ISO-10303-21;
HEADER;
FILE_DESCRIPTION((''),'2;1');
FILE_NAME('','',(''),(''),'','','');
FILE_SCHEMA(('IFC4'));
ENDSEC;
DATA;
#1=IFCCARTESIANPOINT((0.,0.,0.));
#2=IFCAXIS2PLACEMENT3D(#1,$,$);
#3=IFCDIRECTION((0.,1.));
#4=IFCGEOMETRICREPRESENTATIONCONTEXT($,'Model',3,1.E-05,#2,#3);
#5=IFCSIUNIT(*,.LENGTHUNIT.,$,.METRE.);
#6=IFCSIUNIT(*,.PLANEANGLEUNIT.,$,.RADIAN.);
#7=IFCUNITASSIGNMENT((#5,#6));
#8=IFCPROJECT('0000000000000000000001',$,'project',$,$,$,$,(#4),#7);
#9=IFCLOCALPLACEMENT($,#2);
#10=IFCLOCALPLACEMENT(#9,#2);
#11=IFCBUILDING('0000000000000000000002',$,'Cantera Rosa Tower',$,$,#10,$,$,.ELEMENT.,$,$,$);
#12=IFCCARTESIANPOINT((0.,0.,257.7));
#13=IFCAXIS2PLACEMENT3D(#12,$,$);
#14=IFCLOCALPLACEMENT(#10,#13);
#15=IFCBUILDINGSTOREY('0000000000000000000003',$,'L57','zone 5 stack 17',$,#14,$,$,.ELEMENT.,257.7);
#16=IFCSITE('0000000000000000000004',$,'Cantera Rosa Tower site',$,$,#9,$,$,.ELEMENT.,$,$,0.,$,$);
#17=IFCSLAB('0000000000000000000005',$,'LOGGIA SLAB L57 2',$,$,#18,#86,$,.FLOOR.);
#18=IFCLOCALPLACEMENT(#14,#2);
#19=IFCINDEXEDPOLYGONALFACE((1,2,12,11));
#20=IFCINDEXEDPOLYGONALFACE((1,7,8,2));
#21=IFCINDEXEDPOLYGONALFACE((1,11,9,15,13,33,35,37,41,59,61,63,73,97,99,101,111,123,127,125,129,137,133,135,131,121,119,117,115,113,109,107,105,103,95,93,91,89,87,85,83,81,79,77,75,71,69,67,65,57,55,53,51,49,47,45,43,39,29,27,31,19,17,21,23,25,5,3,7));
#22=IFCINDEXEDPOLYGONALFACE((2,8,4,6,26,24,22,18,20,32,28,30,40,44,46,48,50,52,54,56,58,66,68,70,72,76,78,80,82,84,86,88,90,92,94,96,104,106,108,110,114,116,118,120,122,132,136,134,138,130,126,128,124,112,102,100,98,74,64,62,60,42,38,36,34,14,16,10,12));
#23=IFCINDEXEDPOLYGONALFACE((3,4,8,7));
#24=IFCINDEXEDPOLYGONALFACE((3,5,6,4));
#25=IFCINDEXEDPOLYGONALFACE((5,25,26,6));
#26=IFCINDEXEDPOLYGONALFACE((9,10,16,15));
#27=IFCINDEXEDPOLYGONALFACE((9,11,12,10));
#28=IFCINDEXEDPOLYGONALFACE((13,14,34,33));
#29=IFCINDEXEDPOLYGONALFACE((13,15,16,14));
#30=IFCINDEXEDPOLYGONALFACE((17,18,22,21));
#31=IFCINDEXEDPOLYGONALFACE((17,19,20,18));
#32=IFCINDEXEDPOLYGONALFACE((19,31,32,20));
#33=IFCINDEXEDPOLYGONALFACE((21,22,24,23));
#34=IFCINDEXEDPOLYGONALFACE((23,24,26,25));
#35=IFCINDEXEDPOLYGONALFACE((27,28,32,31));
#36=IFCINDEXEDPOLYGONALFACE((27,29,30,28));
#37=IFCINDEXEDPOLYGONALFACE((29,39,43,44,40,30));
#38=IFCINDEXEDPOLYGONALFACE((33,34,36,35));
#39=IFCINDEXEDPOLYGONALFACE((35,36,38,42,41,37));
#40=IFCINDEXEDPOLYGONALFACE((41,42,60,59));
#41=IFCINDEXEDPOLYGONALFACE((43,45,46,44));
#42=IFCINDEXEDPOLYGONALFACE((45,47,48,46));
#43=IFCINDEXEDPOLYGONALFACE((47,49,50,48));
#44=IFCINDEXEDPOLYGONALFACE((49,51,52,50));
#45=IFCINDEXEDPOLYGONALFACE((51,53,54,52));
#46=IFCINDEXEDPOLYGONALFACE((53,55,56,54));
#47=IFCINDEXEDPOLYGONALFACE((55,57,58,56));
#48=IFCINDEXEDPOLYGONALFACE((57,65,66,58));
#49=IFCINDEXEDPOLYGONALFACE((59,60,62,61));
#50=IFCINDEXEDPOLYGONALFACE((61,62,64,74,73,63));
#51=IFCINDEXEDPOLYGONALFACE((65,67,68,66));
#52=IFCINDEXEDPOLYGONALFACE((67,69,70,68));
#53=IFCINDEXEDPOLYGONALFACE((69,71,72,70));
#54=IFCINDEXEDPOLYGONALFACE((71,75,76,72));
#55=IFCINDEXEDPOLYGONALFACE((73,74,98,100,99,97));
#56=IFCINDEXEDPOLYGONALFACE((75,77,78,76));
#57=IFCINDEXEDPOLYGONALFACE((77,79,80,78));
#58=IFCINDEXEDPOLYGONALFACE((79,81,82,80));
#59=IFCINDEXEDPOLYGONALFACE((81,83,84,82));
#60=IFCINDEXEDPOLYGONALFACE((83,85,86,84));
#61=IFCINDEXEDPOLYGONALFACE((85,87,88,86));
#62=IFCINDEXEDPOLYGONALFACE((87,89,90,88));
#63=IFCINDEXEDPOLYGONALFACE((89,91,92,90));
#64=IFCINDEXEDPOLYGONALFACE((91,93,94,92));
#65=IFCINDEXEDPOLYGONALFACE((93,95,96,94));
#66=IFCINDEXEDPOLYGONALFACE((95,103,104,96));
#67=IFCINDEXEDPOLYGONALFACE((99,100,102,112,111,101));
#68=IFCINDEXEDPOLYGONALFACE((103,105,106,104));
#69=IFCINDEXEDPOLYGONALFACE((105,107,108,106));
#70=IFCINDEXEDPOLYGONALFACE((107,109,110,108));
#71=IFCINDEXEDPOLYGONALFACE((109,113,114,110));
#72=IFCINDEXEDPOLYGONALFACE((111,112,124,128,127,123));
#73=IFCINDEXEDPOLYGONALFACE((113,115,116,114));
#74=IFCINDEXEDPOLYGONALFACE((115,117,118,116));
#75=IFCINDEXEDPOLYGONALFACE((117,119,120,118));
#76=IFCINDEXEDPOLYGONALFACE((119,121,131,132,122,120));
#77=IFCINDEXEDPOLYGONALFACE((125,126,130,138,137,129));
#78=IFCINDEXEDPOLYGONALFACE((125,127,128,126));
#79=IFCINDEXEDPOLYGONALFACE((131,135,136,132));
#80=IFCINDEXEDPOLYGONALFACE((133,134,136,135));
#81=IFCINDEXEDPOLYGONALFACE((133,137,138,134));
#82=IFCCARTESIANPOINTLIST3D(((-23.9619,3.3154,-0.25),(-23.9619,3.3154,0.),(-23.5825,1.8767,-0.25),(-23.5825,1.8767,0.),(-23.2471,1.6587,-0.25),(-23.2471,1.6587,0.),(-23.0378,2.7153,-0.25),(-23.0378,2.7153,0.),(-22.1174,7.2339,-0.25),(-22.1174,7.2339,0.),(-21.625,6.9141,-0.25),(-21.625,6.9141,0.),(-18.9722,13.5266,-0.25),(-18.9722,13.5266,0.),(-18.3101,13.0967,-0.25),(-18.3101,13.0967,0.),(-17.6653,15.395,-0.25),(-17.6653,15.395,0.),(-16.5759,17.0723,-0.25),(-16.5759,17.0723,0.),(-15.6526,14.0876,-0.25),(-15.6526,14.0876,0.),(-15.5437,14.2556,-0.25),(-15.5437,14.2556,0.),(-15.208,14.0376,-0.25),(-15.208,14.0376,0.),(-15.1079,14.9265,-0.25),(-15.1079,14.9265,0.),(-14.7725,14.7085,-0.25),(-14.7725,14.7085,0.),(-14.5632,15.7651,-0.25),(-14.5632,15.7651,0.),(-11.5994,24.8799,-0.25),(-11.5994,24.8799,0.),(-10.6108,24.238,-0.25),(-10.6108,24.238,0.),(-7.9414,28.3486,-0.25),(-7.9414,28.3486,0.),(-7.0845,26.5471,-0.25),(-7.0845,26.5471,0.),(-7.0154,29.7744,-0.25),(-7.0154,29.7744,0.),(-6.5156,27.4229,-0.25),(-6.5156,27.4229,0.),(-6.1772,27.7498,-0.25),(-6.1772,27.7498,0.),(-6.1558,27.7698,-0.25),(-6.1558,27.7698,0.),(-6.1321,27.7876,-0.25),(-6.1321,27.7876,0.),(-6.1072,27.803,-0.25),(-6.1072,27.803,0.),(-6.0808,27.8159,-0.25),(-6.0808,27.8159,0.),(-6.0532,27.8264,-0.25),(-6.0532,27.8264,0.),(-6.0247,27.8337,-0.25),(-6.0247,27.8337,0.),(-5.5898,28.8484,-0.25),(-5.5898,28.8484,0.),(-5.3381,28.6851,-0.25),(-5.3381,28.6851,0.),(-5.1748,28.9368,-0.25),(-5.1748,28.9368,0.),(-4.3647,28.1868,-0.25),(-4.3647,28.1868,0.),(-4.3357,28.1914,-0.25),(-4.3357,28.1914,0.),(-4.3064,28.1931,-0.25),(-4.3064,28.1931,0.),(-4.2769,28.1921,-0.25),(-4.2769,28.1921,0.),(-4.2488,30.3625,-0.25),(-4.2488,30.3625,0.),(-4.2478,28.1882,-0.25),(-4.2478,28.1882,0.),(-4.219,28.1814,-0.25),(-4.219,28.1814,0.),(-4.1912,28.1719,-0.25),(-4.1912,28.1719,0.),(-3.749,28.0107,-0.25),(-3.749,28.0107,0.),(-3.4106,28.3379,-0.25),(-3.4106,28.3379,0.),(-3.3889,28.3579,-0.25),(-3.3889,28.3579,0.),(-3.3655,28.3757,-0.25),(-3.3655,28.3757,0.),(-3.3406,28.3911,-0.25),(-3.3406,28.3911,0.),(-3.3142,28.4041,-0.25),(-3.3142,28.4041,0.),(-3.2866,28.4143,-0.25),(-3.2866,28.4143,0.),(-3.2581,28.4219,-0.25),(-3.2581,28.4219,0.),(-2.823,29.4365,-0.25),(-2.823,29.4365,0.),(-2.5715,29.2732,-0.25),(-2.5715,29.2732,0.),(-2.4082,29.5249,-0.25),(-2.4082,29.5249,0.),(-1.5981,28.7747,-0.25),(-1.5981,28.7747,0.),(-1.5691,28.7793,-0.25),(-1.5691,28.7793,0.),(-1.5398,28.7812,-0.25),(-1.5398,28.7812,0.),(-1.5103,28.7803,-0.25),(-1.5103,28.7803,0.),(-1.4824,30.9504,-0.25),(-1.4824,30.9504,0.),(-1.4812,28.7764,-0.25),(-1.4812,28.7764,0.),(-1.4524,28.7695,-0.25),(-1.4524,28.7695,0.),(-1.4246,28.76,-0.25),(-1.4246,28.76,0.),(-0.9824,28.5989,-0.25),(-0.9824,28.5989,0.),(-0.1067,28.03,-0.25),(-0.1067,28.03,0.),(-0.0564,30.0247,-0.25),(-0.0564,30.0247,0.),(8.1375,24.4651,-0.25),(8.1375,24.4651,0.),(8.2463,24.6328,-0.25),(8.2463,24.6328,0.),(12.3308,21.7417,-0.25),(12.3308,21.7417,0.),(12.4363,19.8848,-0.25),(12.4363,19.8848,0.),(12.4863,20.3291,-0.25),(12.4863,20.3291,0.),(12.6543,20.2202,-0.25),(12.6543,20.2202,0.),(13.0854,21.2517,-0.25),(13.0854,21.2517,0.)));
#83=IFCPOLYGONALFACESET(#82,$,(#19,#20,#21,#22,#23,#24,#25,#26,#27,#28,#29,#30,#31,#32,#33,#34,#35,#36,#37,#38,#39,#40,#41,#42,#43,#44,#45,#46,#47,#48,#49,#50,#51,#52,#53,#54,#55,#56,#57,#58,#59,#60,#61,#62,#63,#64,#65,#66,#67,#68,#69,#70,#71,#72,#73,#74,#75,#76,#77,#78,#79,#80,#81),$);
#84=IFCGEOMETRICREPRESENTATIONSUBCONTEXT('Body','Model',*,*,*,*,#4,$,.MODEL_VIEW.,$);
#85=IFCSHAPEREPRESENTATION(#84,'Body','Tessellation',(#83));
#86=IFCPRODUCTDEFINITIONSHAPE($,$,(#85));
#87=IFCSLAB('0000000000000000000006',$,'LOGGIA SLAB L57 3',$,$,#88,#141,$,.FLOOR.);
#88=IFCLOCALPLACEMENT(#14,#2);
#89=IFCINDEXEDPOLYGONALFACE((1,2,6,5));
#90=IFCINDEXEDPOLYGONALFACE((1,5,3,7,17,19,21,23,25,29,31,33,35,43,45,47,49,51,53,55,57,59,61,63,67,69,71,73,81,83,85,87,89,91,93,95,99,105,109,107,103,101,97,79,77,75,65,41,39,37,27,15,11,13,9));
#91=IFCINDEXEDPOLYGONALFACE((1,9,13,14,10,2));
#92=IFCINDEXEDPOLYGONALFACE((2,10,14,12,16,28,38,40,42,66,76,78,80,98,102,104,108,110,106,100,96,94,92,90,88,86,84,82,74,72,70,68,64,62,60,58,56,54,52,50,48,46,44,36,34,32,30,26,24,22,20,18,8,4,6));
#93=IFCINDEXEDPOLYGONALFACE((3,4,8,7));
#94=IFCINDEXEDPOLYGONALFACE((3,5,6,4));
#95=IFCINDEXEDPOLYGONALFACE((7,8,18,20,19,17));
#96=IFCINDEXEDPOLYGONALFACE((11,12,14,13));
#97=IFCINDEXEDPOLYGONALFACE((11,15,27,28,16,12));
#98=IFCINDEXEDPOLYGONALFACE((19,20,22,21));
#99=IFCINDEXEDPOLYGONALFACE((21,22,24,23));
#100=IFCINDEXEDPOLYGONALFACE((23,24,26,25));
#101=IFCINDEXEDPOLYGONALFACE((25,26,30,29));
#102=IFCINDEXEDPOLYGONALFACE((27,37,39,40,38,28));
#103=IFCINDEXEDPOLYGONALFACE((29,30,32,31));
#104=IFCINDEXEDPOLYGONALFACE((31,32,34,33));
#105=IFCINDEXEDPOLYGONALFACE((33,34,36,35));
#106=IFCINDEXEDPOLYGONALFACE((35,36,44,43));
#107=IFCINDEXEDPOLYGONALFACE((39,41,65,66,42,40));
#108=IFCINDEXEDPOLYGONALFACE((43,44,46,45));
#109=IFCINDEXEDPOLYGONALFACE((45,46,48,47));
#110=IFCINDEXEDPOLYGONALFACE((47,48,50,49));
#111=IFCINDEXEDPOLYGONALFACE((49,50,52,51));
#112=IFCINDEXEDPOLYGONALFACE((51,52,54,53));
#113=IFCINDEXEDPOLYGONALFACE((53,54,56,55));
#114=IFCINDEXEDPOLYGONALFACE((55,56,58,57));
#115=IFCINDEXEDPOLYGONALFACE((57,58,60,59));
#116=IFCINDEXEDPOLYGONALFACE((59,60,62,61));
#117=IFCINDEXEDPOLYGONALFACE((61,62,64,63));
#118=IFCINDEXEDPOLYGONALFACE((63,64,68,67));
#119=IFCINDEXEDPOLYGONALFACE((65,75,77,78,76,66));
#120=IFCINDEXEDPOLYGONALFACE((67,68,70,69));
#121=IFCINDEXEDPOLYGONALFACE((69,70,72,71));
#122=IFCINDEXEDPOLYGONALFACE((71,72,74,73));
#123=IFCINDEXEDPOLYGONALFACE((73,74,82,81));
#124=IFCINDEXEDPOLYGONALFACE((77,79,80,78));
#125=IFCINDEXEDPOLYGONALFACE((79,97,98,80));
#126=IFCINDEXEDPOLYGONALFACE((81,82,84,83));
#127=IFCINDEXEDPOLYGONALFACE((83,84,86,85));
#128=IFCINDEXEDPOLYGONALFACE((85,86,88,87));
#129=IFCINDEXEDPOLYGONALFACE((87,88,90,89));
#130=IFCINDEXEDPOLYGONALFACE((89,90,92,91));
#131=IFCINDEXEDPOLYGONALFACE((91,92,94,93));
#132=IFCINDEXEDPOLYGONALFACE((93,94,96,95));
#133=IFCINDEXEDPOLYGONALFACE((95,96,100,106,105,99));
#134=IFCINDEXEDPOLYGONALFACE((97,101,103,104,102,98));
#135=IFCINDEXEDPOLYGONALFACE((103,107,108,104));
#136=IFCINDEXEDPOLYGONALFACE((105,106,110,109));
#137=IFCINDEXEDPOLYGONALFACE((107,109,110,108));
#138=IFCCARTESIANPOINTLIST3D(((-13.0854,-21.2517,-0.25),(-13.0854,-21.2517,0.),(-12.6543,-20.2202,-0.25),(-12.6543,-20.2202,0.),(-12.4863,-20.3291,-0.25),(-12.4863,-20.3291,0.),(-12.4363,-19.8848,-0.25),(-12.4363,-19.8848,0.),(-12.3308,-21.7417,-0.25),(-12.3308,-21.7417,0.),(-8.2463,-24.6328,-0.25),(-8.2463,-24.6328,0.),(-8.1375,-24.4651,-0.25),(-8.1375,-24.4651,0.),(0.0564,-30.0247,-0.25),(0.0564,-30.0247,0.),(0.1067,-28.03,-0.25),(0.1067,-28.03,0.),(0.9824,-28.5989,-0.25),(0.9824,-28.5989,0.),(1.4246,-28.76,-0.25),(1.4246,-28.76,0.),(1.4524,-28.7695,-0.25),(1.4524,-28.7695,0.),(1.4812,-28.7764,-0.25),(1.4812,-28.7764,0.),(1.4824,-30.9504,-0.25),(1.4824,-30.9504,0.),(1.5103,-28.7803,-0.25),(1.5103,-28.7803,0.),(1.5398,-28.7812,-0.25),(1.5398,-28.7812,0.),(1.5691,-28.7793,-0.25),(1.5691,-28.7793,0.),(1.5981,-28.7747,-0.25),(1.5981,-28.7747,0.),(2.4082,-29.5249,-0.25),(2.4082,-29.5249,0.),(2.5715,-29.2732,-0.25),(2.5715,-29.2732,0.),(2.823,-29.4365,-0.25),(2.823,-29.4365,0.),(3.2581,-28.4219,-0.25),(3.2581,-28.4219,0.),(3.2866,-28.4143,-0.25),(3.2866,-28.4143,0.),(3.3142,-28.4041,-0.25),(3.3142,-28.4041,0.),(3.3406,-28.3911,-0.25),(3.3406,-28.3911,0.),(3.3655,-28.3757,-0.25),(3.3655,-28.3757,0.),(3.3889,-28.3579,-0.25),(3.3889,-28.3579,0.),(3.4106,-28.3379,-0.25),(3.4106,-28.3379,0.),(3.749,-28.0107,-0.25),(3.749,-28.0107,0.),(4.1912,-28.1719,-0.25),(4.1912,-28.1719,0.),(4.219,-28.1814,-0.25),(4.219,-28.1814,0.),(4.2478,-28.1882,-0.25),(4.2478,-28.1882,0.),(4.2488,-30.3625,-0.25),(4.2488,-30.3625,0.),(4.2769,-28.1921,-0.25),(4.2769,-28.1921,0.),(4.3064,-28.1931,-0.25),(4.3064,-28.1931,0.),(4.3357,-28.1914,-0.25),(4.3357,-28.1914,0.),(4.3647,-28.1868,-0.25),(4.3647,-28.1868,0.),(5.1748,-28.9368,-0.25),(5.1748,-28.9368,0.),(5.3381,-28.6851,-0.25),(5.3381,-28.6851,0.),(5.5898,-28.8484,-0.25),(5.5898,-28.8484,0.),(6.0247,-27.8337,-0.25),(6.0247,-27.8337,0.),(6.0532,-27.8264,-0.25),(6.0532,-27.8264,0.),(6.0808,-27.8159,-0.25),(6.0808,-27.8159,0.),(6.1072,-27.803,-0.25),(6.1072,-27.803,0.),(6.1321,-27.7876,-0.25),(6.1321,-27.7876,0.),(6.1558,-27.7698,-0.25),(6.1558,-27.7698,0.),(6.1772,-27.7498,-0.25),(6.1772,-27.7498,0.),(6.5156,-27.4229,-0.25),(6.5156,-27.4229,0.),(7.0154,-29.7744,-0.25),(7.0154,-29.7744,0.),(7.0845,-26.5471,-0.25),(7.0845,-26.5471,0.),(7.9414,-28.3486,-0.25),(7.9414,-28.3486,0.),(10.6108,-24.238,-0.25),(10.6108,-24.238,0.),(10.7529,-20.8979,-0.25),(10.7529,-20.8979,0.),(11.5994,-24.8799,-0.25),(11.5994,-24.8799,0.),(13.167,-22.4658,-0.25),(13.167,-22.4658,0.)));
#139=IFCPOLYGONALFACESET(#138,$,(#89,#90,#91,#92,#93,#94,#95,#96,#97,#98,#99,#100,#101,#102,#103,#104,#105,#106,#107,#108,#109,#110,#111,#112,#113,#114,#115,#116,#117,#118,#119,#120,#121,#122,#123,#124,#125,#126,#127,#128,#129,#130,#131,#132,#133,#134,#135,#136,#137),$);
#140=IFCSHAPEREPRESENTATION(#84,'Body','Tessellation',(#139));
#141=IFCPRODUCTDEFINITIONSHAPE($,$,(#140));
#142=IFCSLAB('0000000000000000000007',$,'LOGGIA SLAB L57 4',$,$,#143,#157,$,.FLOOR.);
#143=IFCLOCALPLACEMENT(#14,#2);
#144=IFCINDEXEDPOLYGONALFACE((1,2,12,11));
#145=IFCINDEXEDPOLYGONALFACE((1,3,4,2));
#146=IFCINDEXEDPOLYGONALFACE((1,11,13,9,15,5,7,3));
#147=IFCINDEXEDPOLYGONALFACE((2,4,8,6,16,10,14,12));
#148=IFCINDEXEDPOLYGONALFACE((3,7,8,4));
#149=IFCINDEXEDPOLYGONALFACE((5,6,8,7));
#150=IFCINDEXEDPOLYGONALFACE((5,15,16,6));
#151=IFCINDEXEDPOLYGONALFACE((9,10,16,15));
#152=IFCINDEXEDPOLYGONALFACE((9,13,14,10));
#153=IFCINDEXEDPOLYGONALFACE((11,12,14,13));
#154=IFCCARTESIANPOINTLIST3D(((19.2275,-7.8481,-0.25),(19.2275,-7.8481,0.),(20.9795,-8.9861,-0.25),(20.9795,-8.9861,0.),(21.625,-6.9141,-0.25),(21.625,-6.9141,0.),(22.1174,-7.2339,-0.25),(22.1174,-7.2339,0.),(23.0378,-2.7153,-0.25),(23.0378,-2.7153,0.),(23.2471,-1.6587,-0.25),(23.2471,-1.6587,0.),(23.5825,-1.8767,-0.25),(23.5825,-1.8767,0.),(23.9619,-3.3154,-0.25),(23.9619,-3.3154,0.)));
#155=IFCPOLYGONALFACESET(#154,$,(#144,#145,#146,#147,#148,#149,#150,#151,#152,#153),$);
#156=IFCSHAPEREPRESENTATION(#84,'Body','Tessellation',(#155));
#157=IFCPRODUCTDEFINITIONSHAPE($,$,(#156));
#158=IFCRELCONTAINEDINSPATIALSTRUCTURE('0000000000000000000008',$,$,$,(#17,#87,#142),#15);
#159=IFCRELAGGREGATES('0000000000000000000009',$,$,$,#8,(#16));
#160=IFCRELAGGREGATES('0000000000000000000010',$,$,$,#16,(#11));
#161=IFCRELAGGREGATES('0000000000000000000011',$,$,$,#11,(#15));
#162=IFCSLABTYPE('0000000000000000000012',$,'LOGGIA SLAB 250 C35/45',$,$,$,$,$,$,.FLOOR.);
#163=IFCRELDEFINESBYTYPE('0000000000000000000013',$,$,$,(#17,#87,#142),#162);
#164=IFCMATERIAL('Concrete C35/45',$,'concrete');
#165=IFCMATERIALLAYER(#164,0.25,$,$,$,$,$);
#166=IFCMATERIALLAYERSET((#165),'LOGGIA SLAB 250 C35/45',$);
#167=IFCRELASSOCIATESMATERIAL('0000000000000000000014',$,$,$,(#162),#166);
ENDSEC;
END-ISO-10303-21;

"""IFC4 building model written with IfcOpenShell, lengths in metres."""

from ifc_helpers import new_model, si_unit, direction, frame, origin, place, context, subcontext, project, spatial, polyline, outline, extrude, material, layer, layer_set, type_object, element, save


model = new_model("IFC4")

# Units and contexts
model_context = context("Model", 3, precision=1e-05, world=origin(), true_north=direction((0.0, 1.0)))
body_context = subcontext(model_context, "Body", "Model", "MODEL_VIEW")
ifc_project = project(units=[si_unit("LENGTHUNIT", "METRE"), si_unit("PLANEANGLEUNIT", "RADIAN")], contexts=[model_context])

# Site, building, storey
site_placement = place(None, origin())
site = spatial("IfcSite", under=ifc_project, at=site_placement, Name="Cantera Rosa Tower site", CompositionType="ELEMENT", RefElevation=0.0)
building_placement = place(site_placement, origin())
building = spatial("IfcBuilding", under=site, at=building_placement, Name="Cantera Rosa Tower", CompositionType="ELEMENT")
storey_placement = place(building_placement, frame((0.0, 0.0, 257.7)))
storey = spatial("IfcBuildingStorey", under=building, at=storey_placement, Name="L57", Description="zone 5 stack 17", CompositionType="ELEMENT", Elevation=257.7)

# Slabs
ifc_material_1 = material(Name="Concrete C35/45", Category="concrete")
ifc_layer_1 = layer(ifc_material_1, 0.25)
ifc_layer_set_1 = layer_set([ifc_layer_1], Name="LOGGIA SLAB 250 C35/45")
slab_type_1 = type_object("IfcSlabType", Name="LOGGIA SLAB 250 C35/45", PredefinedType="FLOOR", material=ifc_layer_set_1)
slab_1_placement = place(storey_placement, frame((0.0, 0.0, -0.25)))
element("IfcSlab", 1, at=slab_1_placement, inside=storey, type_object=slab_type_1, Name="LOGGIA SLAB L57 2", PredefinedType="FLOOR", context=body_context, shape_type="SweptSolid", body=[
    extrude(outline(polyline([(-18.3101, 13.0967), (-18.9722, 13.5266), (-11.5994, 24.8799), (-10.6108, 24.238), (-7.9414, 28.3486), (-7.0154, 29.7744), (-5.5898, 28.8484), (-5.3381, 28.6851), (-5.1748, 28.9368), (-4.2488, 30.3625), (-2.823, 29.4365), (-2.5715, 29.2732), (-2.4082, 29.5249), (-1.4824, 30.9504), (-0.0564, 30.0247), (8.2463, 24.6328), (8.1375, 24.4651), (12.3308, 21.7417), (13.0854, 21.2517), (12.4863, 20.3291), (12.6543, 20.2202), (12.4363, 19.8848), (-0.1067, 28.03), (-0.9824, 28.5989), (-1.4246, 28.76), (-1.4524, 28.7695), (-1.4812, 28.7764), (-1.5103, 28.7803), (-1.5398, 28.7812), (-1.5691, 28.7793), (-1.5981, 28.7747), (-3.2581, 28.4219), (-3.2866, 28.4143), (-3.3142, 28.4041), (-3.3406, 28.3911), (-3.3655, 28.3757), (-3.3889, 28.3579), (-3.4106, 28.3379), (-3.749, 28.0107), (-4.1912, 28.1719), (-4.219, 28.1814), (-4.2478, 28.1882), (-4.2769, 28.1921), (-4.3064, 28.1931), (-4.3357, 28.1914), (-4.3647, 28.1868), (-6.0247, 27.8337), (-6.0532, 27.8264), (-6.0808, 27.8159), (-6.1072, 27.803), (-6.1321, 27.7876), (-6.1558, 27.7698), (-6.1772, 27.7498), (-6.5156, 27.4229), (-7.0845, 26.5471), (-14.7725, 14.7085), (-15.1079, 14.9265), (-14.5632, 15.7651), (-16.5759, 17.0723), (-17.6653, 15.395), (-15.6526, 14.0876), (-15.5437, 14.2556), (-15.208, 14.0376), (-23.2471, 1.6587), (-23.5825, 1.8767), (-23.0378, 2.7153), (-23.9619, 3.3154), (-21.625, 6.9141), (-22.1174, 7.2339), (-18.3101, 13.0967)])), origin(), (0.0, 0.0, 1.0), 0.25),
])
slab_2_placement = place(storey_placement, frame((0.0, 0.0, -0.25)))
element("IfcSlab", 2, at=slab_2_placement, inside=storey, type_object=slab_type_1, Name="LOGGIA SLAB L57 3", PredefinedType="FLOOR", context=body_context, shape_type="SweptSolid", body=[
    extrude(outline(polyline([(7.9414, -28.3486), (7.0154, -29.7744), (5.5898, -28.8484), (5.3381, -28.6851), (5.1748, -28.9368), (4.2488, -30.3625), (2.823, -29.4365), (2.5715, -29.2732), (2.4082, -29.5249), (1.4824, -30.9504), (0.0564, -30.0247), (-8.2463, -24.6328), (-8.1375, -24.4651), (-12.3308, -21.7417), (-13.0854, -21.2517), (-12.4863, -20.3291), (-12.6543, -20.2202), (-12.4363, -19.8848), (0.1067, -28.03), (0.9824, -28.5989), (1.4246, -28.76), (1.4524, -28.7695), (1.4812, -28.7764), (1.5103, -28.7803), (1.5398, -28.7812), (1.5691, -28.7793), (1.5981, -28.7747), (3.2581, -28.4219), (3.2866, -28.4143), (3.3142, -28.4041), (3.3406, -28.3911), (3.3655, -28.3757), (3.3889, -28.3579), (3.4106, -28.3379), (3.749, -28.0107), (4.1912, -28.1719), (4.219, -28.1814), (4.2478, -28.1882), (4.2769, -28.1921), (4.3064, -28.1931), (4.3357, -28.1914), (4.3647, -28.1868), (6.0247, -27.8337), (6.0532, -27.8264), (6.0808, -27.8159), (6.1072, -27.803), (6.1321, -27.7876), (6.1558, -27.7698), (6.1772, -27.7498), (6.5156, -27.4229), (7.0845, -26.5471), (10.7529, -20.8979), (13.167, -22.4658), (11.5994, -24.8799), (10.6108, -24.238), (7.9414, -28.3486)])), origin(), (0.0, 0.0, 1.0), 0.25),
])
slab_3_placement = place(storey_placement, frame((0.0, 0.0, -0.25)))
element("IfcSlab", 3, at=slab_3_placement, inside=storey, type_object=slab_type_1, Name="LOGGIA SLAB L57 4", PredefinedType="FLOOR", context=body_context, shape_type="SweptSolid", body=[
    extrude(outline(polyline([(23.2471, -1.6587), (23.5825, -1.8767), (23.0378, -2.7153), (23.9619, -3.3154), (21.625, -6.9141), (22.1174, -7.2339), (20.9795, -8.9861), (19.2275, -7.8481), (23.2471, -1.6587)])), origin(), (0.0, 0.0, 1.0), 0.25),
])

save(model, "model.ifc")
